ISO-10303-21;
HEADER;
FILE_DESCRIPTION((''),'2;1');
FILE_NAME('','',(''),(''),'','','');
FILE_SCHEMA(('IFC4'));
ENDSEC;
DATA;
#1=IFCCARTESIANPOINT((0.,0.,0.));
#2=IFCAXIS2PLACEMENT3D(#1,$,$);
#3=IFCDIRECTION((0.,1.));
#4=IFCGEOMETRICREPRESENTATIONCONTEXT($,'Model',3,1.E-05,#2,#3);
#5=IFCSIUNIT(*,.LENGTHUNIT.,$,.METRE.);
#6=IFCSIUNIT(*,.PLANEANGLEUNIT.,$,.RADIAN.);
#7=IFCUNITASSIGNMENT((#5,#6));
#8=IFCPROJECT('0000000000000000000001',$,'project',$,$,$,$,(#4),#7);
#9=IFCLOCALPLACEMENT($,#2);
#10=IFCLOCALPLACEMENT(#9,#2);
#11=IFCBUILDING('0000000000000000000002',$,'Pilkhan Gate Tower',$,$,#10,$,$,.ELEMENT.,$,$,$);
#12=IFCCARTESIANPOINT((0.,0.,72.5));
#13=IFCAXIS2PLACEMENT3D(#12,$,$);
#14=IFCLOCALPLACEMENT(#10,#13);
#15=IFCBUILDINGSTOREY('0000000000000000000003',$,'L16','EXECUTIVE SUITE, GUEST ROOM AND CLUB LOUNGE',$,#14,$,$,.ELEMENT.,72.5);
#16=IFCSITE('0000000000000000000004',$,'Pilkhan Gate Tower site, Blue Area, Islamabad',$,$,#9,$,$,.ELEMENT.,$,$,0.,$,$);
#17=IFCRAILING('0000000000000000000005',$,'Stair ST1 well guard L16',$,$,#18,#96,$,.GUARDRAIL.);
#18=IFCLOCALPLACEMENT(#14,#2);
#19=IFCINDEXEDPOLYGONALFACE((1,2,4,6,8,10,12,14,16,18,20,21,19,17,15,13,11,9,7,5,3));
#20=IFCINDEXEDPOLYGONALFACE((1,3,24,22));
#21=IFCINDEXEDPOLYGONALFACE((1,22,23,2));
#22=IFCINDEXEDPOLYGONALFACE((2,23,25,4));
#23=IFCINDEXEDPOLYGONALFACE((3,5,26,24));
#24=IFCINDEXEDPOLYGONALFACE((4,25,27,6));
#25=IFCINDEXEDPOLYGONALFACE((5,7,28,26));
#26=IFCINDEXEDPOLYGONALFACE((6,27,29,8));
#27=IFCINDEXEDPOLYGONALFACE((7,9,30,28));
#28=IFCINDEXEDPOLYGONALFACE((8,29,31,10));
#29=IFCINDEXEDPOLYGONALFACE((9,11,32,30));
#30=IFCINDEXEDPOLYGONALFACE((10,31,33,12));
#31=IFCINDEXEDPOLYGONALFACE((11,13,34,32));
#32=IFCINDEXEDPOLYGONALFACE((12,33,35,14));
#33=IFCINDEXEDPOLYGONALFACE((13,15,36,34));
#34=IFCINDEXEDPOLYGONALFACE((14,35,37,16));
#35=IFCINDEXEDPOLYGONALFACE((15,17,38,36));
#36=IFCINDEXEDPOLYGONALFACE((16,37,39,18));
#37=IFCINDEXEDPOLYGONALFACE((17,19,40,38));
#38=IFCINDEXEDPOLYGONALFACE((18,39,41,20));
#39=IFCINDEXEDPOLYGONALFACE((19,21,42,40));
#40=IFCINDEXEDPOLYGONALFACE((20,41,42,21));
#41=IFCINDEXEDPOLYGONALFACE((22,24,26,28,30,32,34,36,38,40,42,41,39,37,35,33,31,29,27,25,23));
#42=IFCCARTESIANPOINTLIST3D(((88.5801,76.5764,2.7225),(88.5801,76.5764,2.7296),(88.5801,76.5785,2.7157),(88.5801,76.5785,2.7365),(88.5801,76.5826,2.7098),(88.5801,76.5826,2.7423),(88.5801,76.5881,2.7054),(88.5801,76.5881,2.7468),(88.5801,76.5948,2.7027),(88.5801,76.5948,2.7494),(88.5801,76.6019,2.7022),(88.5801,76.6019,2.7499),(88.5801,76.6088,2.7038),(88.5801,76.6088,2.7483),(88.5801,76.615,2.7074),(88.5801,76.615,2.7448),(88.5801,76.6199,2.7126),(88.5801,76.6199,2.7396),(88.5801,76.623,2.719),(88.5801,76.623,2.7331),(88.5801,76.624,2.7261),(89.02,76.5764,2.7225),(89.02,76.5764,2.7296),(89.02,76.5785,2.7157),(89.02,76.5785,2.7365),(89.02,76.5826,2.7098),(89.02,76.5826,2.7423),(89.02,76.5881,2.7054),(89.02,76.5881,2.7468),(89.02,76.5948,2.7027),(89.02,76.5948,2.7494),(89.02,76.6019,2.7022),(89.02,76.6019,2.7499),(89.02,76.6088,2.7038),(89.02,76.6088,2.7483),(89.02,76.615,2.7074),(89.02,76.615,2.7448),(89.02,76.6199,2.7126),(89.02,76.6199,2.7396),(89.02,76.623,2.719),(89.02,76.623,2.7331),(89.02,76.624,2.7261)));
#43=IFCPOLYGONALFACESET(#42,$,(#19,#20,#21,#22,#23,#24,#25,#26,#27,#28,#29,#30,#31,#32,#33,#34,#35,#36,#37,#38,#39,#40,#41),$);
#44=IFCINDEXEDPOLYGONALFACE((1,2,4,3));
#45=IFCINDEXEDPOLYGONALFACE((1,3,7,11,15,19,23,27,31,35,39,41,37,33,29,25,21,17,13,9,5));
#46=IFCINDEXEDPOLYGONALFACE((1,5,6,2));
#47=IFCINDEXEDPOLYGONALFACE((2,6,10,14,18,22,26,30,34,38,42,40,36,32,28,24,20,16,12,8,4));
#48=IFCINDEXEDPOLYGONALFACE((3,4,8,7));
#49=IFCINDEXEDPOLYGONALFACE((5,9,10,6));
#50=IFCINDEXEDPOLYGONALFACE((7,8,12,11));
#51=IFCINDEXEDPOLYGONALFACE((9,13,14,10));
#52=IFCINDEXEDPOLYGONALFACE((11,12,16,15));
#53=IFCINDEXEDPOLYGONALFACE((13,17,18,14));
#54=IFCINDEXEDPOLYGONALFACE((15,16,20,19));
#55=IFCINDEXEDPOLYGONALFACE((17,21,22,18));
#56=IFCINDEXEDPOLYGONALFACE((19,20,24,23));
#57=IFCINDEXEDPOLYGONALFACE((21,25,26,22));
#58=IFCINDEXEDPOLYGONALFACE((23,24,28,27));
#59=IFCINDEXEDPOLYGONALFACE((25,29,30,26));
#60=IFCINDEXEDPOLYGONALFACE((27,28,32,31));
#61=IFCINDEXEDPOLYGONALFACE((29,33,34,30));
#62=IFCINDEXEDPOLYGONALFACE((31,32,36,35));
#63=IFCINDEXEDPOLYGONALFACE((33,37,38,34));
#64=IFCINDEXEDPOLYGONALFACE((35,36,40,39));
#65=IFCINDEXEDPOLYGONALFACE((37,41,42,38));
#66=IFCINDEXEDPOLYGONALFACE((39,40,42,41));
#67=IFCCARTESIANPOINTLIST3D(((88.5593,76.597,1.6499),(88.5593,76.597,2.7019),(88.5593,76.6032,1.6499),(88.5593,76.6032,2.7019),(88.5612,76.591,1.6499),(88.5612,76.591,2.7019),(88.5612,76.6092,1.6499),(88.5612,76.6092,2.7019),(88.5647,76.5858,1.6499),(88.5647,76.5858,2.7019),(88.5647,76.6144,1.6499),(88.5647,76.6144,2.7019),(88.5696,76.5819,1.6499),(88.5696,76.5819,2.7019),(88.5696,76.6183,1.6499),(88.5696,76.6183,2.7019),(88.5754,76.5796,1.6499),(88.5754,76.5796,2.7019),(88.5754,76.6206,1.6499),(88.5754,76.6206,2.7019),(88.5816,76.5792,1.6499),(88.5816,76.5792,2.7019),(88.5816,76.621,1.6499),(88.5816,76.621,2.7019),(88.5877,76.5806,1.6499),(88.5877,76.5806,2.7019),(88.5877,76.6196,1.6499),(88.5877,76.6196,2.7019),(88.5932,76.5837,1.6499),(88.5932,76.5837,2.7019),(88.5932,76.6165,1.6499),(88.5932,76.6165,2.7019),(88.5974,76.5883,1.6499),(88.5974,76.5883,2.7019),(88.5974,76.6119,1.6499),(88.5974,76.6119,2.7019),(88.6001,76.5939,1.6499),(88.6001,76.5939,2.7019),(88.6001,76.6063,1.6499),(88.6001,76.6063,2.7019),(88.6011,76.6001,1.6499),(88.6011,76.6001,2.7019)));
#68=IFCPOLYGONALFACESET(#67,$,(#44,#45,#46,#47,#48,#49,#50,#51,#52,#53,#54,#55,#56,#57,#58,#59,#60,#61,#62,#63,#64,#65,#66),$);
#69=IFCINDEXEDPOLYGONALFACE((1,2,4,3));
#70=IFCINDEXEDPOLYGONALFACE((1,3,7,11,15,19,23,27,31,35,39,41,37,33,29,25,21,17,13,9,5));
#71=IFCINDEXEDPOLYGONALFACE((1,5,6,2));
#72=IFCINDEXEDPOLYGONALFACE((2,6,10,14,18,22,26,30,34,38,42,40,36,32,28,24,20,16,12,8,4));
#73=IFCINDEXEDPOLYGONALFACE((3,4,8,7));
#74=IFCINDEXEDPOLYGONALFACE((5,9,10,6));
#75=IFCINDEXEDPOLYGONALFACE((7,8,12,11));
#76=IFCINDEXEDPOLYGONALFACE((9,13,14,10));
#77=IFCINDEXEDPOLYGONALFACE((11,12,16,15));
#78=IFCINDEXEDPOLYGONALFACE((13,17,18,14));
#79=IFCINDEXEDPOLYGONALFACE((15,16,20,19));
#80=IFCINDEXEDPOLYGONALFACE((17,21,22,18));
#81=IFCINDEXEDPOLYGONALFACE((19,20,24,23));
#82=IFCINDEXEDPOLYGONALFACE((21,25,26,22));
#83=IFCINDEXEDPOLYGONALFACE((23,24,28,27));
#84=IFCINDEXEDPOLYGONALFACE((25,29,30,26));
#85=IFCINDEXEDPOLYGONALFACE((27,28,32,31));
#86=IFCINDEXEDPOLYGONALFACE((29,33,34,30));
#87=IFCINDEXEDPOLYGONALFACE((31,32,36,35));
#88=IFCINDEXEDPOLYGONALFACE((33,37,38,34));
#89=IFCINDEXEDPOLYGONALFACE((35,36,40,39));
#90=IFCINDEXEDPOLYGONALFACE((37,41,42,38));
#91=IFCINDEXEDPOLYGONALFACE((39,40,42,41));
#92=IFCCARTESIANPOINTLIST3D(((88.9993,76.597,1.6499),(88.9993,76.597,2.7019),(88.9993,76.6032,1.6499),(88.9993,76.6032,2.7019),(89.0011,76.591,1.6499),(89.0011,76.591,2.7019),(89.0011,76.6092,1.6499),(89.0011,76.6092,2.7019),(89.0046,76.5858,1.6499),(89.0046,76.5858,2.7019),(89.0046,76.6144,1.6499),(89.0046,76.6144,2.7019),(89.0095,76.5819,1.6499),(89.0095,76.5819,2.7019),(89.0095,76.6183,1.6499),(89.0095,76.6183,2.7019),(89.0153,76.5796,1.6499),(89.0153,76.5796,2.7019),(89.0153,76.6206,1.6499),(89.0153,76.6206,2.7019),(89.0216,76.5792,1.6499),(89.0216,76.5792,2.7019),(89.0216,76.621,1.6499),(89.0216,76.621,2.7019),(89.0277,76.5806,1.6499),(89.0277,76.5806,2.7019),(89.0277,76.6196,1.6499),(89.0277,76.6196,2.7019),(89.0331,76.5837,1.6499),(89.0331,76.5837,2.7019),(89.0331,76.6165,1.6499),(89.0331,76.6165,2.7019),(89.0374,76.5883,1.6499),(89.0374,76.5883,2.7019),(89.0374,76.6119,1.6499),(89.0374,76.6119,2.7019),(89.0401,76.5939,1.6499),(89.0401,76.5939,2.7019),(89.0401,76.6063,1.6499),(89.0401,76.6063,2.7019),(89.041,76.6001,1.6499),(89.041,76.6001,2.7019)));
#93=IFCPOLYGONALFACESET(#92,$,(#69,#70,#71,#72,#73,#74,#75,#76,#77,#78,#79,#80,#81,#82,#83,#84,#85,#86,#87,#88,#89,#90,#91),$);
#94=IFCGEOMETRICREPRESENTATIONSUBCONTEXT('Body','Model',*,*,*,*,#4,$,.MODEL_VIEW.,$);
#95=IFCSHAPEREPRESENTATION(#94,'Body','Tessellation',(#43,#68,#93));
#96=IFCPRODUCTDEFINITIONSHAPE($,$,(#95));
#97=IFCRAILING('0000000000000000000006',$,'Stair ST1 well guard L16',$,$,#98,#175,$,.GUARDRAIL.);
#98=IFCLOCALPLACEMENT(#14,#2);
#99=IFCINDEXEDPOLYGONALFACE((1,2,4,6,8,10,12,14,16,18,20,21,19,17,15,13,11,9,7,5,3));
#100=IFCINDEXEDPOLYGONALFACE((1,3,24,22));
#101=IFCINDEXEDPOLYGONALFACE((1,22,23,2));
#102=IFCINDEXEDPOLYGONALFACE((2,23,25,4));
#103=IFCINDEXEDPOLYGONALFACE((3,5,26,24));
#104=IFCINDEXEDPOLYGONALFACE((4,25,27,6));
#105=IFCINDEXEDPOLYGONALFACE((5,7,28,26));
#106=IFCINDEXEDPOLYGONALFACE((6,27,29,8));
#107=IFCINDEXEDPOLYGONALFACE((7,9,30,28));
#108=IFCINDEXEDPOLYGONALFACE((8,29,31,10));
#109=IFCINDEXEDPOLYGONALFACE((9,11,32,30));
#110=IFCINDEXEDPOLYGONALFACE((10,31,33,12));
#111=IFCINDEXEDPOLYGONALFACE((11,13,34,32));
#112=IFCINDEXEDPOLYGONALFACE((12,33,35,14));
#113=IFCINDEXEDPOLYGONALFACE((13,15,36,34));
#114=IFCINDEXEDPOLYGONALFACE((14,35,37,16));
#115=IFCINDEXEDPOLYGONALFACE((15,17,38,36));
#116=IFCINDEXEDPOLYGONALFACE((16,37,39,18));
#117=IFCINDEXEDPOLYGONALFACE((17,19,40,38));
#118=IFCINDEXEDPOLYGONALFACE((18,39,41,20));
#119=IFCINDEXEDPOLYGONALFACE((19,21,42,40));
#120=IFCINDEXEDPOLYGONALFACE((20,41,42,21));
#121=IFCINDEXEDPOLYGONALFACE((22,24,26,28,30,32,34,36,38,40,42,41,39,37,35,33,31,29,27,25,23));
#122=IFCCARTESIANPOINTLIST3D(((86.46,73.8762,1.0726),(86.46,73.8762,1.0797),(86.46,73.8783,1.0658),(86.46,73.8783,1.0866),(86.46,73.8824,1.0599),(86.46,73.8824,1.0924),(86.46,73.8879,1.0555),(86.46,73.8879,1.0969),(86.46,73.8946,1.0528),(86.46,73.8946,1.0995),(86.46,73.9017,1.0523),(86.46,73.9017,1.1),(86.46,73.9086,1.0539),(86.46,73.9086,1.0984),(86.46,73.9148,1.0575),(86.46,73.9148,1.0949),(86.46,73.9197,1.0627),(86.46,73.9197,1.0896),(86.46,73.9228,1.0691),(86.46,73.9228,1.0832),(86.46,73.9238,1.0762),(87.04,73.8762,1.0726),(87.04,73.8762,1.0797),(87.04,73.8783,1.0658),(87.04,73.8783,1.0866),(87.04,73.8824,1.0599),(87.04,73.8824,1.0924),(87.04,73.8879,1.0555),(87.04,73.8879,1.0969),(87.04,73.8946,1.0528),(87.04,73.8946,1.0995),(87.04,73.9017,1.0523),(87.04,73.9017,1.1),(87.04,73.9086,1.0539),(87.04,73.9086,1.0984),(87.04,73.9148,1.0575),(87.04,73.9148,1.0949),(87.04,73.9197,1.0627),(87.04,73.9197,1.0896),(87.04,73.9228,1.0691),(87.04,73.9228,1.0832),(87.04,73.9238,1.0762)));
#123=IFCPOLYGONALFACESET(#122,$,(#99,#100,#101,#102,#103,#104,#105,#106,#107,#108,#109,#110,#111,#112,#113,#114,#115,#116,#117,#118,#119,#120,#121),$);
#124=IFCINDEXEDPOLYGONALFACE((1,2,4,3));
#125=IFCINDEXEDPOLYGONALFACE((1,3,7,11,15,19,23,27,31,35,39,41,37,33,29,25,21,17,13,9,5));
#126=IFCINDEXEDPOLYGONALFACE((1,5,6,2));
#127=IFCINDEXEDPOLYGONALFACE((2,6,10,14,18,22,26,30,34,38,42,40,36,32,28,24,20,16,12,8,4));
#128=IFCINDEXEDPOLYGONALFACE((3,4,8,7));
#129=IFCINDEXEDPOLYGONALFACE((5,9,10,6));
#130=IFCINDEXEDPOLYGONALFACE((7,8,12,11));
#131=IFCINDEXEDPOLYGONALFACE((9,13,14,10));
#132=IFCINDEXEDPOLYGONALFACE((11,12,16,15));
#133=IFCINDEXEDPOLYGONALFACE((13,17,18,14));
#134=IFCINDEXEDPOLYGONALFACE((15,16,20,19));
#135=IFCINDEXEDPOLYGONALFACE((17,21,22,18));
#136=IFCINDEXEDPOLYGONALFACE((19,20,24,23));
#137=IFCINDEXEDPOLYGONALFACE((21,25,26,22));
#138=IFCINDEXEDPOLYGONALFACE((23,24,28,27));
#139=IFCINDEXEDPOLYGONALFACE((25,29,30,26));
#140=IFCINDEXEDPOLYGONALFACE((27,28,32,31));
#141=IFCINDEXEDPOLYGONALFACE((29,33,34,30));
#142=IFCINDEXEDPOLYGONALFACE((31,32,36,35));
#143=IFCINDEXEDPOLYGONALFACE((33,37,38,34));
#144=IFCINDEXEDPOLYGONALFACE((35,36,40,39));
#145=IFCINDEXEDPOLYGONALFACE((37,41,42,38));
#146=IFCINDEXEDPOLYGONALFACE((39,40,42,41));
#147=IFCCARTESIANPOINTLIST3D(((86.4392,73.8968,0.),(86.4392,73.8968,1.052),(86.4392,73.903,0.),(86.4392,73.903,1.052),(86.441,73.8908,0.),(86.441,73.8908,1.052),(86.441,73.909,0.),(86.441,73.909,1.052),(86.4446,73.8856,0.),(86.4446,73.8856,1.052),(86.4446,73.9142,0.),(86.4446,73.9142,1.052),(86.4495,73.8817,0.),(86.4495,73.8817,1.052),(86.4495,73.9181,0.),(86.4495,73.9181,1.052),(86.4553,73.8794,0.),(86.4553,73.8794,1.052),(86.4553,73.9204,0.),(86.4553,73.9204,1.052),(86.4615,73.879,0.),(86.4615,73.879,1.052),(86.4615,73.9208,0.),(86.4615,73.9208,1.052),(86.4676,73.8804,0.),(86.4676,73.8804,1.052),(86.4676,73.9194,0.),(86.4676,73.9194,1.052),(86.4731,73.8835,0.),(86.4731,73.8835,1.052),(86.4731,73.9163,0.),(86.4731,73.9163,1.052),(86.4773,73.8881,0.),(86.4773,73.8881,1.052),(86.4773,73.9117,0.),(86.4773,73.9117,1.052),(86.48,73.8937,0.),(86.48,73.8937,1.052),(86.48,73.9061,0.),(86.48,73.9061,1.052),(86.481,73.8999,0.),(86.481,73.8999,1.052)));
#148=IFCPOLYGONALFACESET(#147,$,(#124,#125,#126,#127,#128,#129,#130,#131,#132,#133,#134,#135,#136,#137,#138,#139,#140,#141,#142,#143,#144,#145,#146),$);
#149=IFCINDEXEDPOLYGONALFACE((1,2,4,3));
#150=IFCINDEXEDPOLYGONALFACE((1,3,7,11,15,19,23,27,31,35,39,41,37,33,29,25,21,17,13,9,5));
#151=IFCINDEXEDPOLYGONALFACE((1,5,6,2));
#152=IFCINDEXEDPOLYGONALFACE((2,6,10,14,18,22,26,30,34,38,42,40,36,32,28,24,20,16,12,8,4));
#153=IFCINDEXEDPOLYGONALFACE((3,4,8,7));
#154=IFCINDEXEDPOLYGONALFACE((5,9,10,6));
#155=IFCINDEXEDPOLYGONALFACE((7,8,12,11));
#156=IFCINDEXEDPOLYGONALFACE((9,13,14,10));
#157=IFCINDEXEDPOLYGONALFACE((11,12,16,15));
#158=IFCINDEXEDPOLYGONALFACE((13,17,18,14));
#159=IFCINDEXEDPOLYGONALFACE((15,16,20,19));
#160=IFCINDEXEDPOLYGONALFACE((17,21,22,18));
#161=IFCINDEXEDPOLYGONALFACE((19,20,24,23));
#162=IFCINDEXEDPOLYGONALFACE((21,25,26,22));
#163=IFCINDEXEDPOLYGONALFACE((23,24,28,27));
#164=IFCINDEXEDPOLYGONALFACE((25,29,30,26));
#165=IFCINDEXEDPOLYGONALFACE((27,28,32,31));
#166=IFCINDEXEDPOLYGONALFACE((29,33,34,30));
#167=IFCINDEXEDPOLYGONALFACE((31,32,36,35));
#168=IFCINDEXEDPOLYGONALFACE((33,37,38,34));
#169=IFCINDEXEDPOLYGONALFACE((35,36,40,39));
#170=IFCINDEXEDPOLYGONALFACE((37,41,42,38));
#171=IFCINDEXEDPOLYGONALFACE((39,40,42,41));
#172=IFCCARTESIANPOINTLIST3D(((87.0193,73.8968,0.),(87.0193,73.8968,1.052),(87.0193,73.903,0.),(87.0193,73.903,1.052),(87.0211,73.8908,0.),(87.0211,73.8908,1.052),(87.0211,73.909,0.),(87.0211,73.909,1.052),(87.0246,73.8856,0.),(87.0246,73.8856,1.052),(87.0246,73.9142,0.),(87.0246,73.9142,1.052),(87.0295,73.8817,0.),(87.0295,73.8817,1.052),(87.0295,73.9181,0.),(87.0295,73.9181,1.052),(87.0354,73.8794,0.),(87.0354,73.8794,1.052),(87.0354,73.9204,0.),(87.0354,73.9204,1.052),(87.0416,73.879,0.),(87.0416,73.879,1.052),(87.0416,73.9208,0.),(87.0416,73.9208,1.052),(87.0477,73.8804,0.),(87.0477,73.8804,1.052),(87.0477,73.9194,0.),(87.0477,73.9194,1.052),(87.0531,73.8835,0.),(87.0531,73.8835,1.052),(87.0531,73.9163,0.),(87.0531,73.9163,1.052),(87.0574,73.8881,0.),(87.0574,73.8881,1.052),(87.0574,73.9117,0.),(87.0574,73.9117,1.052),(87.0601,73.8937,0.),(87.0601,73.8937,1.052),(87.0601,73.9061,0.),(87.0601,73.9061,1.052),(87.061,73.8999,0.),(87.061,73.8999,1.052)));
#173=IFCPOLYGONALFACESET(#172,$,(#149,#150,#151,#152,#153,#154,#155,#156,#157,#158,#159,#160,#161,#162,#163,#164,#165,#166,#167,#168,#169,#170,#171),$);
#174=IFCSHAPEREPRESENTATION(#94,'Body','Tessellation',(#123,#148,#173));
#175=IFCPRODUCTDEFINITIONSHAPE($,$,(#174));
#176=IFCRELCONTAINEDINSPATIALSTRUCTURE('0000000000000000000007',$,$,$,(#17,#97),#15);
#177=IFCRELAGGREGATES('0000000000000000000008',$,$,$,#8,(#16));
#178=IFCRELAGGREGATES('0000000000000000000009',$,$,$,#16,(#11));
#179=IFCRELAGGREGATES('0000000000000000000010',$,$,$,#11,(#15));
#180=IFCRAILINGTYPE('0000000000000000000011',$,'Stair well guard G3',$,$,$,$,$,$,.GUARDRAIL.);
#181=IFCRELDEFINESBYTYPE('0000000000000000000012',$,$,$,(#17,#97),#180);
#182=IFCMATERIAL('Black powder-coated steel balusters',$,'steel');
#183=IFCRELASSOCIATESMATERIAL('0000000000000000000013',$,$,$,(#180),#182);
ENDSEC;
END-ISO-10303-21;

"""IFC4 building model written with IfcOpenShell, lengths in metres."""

from ifc_helpers import new_model, si_unit, direction, frame, origin, origin_2d, place, context, subcontext, project, spatial, circle, extrude, material, type_object, element, save


model = new_model("IFC4")

# Units and contexts
model_context = context("Model", 3, precision=1e-05, world=origin(), true_north=direction((0.0, 1.0)))
body_context = subcontext(model_context, "Body", "Model", "MODEL_VIEW")
ifc_project = project(units=[si_unit("LENGTHUNIT", "METRE"), si_unit("PLANEANGLEUNIT", "RADIAN")], contexts=[model_context])

# Site, building, storey
site_placement = place(None, origin())
site = spatial("IfcSite", under=ifc_project, at=site_placement, Name="Pilkhan Gate Tower site, Blue Area, Islamabad", CompositionType="ELEMENT", RefElevation=0.0)
building_placement = place(site_placement, origin())
building = spatial("IfcBuilding", under=site, at=building_placement, Name="Pilkhan Gate Tower", CompositionType="ELEMENT")
storey_placement = place(building_placement, frame((0.0, 0.0, 72.5)))
storey = spatial("IfcBuildingStorey", under=building, at=storey_placement, Name="L16", Description="EXECUTIVE SUITE, GUEST ROOM AND CLUB LOUNGE", CompositionType="ELEMENT", Elevation=72.5)

# Railings
ifc_material_1 = material(Name="Black powder-coated steel balusters", Category="steel")
railing_type_1 = type_object("IfcRailingType", Name="Stair well guard G3", PredefinedType="GUARDRAIL", material=ifc_material_1)
railing_1_placement = place(storey_placement, frame((88.5801, 76.6001, 1.6499)))
element("IfcRailing", 1, at=railing_1_placement, inside=storey, type_object=railing_type_1, Name="Stair ST1 well guard L16", PredefinedType="GUARDRAIL", context=body_context, shape_type="SweptSolid", body=[
    extrude(circle(Radius=0.0239, at=origin_2d()), frame((0.0, 0.0, 1.0762), z_axis=(1.0, 0.0, 0.0), x_axis=(0.0, 1.0, 0.0)), (0.0, 0.0, 1.0), 0.4399),
    extrude(circle(Radius=0.021, at=origin_2d()), origin(), (0.0, 0.0, 1.0), 1.052),
    extrude(circle(Radius=0.021, at=origin_2d()), frame((0.4399, 0.0, 0.0)), (0.0, 0.0, 1.0), 1.052),
])
for number, where, name in (
    (2, (86.46, 73.8999, 0.0), "Stair ST1 well guard L16"),
):
    element("IfcRailing", number, at=place(storey_placement, frame(where)), inside=storey, type_object=railing_type_1, Name=name, PredefinedType="GUARDRAIL", context=body_context, shape_type="SweptSolid", body=[
        extrude(circle(Radius=0.0239, at=origin_2d()), frame((0.0, 0.0, 1.0762), z_axis=(1.0, 0.0, 0.0), x_axis=(0.0, 1.0, 0.0)), (0.0, 0.0, 1.0), 0.5801),
        extrude(circle(Radius=0.021, at=origin_2d()), origin(), (0.0, 0.0, 1.0), 1.052),
        extrude(circle(Radius=0.021, at=origin_2d()), frame((0.5801, 0.0, 0.0)), (0.0, 0.0, 1.0), 1.052),
    ])

save(model, "model.ifc")
